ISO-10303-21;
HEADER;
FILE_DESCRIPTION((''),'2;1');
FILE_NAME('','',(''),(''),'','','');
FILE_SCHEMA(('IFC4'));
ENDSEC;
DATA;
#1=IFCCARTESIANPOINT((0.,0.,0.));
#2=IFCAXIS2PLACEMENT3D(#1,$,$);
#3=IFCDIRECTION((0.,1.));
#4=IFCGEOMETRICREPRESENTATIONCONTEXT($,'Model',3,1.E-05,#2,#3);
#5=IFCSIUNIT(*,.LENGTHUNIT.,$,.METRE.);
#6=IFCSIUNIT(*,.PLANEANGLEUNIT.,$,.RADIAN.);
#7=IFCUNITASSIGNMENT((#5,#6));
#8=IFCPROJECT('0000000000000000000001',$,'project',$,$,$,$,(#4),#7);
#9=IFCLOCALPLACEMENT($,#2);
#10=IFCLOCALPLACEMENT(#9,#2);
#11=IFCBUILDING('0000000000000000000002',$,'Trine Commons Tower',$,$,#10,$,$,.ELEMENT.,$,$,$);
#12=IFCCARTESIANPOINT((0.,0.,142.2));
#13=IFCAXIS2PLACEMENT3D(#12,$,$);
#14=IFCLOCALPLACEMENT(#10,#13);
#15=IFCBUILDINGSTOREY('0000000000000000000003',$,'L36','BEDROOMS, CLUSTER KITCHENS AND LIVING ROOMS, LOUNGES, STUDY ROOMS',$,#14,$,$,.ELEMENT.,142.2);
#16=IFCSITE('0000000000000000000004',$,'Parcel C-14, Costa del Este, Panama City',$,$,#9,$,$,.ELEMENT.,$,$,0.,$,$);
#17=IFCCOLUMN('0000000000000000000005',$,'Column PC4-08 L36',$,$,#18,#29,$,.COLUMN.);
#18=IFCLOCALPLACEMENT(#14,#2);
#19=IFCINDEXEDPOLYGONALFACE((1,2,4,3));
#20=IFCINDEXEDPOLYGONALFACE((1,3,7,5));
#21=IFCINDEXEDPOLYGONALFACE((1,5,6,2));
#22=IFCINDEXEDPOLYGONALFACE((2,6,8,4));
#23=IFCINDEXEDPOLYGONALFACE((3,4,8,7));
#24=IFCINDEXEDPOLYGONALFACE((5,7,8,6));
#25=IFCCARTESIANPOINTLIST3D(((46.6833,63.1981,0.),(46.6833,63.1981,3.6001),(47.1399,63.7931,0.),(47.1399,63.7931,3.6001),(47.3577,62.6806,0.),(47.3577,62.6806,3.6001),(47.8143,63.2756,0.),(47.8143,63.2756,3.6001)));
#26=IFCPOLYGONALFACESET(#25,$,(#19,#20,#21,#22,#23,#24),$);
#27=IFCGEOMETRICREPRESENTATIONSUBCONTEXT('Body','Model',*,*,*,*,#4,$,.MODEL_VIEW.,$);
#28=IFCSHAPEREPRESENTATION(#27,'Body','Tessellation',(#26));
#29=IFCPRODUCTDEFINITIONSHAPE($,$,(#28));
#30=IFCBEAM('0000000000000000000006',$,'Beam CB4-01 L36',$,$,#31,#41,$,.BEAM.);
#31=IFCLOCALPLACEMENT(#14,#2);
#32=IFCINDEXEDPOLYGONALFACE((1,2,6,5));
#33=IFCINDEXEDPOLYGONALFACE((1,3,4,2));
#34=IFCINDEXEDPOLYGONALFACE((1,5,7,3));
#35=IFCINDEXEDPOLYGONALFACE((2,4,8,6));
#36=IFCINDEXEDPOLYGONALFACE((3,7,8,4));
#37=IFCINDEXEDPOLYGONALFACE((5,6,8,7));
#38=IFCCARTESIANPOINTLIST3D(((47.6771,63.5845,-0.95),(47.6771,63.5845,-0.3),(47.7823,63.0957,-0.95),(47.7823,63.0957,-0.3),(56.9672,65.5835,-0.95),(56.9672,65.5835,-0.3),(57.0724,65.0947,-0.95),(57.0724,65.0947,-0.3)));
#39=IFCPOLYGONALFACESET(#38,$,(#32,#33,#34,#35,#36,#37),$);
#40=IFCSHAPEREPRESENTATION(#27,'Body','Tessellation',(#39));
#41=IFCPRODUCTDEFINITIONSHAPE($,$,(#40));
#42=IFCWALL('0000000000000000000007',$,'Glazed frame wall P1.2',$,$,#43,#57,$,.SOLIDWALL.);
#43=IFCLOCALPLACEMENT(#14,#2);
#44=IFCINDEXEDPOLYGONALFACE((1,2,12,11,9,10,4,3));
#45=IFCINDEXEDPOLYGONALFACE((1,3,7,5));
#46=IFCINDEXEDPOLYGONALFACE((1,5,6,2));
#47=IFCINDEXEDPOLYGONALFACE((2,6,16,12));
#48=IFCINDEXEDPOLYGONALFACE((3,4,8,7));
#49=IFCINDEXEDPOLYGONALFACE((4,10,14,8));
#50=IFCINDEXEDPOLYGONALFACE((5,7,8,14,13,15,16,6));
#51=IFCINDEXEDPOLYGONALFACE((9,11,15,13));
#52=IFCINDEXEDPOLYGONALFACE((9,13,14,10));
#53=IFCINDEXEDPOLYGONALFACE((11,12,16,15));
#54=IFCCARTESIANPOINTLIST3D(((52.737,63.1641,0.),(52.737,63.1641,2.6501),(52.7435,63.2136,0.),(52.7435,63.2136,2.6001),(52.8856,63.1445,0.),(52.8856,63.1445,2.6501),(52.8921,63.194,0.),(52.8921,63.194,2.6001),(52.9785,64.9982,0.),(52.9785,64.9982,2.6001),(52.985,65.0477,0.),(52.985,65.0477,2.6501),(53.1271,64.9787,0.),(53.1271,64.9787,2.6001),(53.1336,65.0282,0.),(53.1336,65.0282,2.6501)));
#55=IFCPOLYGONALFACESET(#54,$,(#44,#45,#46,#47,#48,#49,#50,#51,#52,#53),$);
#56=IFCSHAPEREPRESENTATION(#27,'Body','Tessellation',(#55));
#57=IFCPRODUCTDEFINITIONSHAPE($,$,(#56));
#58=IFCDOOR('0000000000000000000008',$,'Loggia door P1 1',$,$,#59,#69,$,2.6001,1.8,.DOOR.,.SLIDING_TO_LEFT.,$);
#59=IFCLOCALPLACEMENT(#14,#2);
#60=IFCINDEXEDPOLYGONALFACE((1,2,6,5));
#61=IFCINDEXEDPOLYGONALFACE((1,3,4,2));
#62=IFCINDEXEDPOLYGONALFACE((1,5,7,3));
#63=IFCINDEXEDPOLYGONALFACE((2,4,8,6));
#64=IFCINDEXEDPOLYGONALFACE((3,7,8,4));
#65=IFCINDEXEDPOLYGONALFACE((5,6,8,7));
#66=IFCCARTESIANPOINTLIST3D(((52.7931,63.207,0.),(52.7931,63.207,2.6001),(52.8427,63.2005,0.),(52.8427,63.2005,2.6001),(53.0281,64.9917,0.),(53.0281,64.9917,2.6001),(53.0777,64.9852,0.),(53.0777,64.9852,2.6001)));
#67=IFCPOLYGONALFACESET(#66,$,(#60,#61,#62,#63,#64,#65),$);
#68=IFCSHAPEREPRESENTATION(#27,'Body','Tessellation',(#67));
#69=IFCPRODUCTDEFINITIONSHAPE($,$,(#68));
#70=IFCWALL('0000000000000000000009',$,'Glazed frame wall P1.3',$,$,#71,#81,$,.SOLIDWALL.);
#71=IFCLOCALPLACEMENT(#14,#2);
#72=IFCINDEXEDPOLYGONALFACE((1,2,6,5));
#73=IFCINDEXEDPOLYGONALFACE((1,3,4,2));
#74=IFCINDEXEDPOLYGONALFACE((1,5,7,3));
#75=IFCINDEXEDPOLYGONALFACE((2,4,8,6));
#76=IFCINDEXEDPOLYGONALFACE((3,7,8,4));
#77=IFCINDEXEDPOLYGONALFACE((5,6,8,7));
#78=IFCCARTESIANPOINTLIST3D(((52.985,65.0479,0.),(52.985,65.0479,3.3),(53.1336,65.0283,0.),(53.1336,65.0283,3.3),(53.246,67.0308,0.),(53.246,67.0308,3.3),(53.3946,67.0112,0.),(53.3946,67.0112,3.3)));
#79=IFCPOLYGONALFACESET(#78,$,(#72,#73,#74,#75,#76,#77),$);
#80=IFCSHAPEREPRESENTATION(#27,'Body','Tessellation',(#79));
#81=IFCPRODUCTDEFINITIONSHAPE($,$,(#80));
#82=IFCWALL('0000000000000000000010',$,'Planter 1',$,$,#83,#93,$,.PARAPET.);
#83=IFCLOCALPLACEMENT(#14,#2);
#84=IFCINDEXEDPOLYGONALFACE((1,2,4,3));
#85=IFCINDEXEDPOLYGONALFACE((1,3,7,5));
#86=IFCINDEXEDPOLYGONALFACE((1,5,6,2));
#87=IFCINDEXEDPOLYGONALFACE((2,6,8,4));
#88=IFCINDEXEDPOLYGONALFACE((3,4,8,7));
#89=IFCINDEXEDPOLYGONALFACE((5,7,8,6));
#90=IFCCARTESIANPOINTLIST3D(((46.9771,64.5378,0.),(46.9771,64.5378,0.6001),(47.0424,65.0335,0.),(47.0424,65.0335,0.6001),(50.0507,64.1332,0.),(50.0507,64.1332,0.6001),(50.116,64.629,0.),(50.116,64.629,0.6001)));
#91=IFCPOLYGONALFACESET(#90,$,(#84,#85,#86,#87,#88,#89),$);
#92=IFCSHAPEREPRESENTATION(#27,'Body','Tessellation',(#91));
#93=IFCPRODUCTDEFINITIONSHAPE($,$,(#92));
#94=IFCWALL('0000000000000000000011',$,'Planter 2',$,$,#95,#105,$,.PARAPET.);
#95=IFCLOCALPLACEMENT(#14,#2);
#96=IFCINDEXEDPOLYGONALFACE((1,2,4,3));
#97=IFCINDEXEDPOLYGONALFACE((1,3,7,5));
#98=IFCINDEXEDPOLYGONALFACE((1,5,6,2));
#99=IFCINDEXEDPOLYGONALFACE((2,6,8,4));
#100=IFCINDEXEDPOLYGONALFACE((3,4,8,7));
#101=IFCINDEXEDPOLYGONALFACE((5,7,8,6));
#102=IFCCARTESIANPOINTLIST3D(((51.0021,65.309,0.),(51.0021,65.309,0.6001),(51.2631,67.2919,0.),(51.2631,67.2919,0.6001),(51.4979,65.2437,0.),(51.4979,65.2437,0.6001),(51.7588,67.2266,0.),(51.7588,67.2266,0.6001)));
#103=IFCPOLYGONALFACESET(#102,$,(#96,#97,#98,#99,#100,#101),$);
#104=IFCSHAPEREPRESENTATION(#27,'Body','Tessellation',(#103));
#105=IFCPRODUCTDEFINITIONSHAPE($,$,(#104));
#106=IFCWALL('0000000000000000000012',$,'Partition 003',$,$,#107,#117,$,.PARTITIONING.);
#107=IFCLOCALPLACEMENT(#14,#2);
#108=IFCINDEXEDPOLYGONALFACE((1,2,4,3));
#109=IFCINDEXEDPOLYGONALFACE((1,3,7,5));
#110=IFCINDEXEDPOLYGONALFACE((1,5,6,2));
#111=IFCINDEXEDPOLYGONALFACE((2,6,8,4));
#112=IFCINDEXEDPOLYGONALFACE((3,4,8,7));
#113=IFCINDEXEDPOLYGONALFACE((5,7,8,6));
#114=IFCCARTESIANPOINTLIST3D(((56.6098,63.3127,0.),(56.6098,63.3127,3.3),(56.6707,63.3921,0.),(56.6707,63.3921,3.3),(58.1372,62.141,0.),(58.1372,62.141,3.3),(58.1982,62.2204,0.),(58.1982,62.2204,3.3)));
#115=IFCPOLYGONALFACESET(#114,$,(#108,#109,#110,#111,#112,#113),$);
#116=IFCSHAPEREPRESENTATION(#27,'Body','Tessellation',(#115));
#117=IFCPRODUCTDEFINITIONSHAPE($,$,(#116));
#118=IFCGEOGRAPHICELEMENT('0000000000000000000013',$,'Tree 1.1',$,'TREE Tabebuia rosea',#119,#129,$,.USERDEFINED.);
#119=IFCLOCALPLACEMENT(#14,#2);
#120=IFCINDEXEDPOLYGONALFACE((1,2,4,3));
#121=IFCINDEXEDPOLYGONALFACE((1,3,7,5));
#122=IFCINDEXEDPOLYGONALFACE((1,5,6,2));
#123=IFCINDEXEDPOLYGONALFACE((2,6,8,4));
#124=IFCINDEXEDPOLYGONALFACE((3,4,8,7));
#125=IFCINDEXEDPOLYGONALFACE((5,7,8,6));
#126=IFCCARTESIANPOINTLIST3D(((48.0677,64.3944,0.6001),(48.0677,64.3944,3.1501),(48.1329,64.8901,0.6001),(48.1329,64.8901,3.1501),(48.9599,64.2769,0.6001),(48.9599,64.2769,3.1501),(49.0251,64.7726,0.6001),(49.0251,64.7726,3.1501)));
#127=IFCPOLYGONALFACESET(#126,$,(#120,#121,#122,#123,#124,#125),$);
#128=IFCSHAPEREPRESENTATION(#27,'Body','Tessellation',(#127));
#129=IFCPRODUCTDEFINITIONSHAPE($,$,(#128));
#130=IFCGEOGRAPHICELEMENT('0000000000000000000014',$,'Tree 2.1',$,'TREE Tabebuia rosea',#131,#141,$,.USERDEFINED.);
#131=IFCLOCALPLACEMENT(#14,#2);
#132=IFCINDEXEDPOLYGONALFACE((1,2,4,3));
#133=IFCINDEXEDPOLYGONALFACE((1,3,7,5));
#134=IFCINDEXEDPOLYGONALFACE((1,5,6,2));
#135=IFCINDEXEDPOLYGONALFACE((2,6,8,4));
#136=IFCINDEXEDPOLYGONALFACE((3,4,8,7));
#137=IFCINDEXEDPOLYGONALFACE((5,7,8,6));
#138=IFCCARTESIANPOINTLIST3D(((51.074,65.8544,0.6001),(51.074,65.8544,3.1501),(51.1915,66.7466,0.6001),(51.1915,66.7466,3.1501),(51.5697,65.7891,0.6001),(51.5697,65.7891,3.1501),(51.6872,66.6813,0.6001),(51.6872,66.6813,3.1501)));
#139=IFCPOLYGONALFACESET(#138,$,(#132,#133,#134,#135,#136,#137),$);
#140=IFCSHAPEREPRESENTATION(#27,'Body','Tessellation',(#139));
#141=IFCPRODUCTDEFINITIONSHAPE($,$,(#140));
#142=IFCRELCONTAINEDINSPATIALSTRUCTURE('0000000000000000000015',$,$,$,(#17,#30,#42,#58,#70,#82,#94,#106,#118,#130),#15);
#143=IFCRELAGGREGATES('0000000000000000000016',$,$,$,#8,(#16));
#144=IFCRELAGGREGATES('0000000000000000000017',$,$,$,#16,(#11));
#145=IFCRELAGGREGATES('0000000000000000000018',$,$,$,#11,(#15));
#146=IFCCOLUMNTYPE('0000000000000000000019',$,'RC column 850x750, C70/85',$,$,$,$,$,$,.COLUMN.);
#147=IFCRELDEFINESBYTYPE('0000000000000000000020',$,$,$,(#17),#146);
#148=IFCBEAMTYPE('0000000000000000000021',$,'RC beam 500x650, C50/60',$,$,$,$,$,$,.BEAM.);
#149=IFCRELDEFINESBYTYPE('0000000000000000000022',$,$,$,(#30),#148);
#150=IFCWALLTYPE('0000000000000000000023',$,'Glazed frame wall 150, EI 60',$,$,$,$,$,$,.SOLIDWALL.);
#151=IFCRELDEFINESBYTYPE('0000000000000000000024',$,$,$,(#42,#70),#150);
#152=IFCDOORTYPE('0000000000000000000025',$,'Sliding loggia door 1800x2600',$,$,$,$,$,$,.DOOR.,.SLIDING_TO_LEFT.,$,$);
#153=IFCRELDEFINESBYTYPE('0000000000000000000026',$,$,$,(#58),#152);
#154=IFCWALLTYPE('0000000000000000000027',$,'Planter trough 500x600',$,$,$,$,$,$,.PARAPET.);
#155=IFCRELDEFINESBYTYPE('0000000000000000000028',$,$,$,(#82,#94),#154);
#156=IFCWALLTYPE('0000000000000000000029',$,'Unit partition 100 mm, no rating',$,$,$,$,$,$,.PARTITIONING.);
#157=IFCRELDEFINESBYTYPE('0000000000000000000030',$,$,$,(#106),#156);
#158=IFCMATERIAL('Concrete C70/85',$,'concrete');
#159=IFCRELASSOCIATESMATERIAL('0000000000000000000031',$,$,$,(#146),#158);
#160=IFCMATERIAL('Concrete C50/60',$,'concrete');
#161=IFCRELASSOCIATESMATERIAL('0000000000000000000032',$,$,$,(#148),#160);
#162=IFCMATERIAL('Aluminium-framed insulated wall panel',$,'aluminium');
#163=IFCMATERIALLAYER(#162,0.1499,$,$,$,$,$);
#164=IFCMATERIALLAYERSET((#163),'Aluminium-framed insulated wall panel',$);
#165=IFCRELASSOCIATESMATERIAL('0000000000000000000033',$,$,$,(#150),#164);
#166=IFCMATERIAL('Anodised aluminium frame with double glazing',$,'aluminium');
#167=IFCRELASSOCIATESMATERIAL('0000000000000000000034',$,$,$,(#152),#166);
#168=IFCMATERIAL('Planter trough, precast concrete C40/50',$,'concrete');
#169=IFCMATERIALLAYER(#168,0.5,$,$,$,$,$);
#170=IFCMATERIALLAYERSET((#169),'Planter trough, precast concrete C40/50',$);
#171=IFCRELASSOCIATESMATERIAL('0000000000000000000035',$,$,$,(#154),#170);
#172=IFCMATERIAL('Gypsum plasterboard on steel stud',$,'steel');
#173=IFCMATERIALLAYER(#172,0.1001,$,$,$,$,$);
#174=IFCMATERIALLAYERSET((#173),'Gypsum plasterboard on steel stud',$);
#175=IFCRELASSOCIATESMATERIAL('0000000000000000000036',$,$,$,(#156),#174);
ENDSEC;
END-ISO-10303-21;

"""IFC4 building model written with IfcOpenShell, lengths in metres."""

from ifc_helpers import new_model, si_unit, direction, frame, frame_2d, origin, origin_2d, place, context, subcontext, project, spatial, polyline, rectangle, outline, extrude, material, layer, layer_set, material_profile, profile_set, type_object, element, fill, save


model = new_model("IFC4")

# Units and contexts
model_context = context("Model", 3, precision=1e-05, world=origin(), true_north=direction((0.0, 1.0)))
body_context = subcontext(model_context, "Body", "Model", "MODEL_VIEW")
ifc_project = project(units=[si_unit("LENGTHUNIT", "METRE"), si_unit("PLANEANGLEUNIT", "RADIAN")], contexts=[model_context])

# Site, building, storey
site_placement = place(None, origin())
site = spatial("IfcSite", under=ifc_project, at=site_placement, Name="Parcel C-14, Costa del Este, Panama City", CompositionType="ELEMENT", RefElevation=0.0)
building_placement = place(site_placement, origin())
building = spatial("IfcBuilding", under=site, at=building_placement, Name="Trine Commons Tower", CompositionType="ELEMENT")
storey_placement = place(building_placement, frame((0.0, 0.0, 142.2)))
storey = spatial("IfcBuildingStorey", under=building, at=storey_placement, Name="L36", Description="BEDROOMS, CLUSTER KITCHENS AND LIVING ROOMS, LOUNGES, STUDY ROOMS", CompositionType="ELEMENT", Elevation=142.2)

# Column
ifc_material_1 = material(Name="Concrete C70/85", Category="concrete")
ifc_material_profile_1 = material_profile(ifc_material_1, rectangle(XDim=0.8501, YDim=0.75, at=origin_2d()), Name="RC 850x750")
ifc_profile_set_1 = profile_set([ifc_material_profile_1], Name="Concrete C70/85")
column_type = type_object("IfcColumnType", Name="RC column 850x750, C70/85", PredefinedType="COLUMN", material=ifc_profile_set_1)
column_placement = place(storey_placement, frame((47.2488, 63.2368, 0.0), z_axis=(0.0, 0.0, 1.0), x_axis=(-0.793353, 0.608761, 0.0)))
element("IfcColumn", 1, at=column_placement, inside=storey, type_object=column_type, Name="Column PC4-08 L36", PredefinedType="COLUMN", context=body_context, shape_type="SweptSolid", body=[
    extrude(rectangle(XDim=0.8501, YDim=0.75, at=origin_2d()), origin(), (0.0, 0.0, 1.0), 3.6001),
])

# Beam
ifc_material_2 = material(Name="Concrete C50/60", Category="concrete")
ifc_material_profile_2 = material_profile(ifc_material_2, rectangle(XDim=0.5, YDim=0.6499, at=origin_2d()), Name="RC 500x650")
ifc_profile_set_2 = profile_set([ifc_material_profile_2], Name="Concrete C50/60")
beam_type = type_object("IfcBeamType", Name="RC beam 500x650, C50/60", PredefinedType="BEAM", material=ifc_profile_set_2)
beam_placement = place(storey_placement, frame((47.7297, 63.3401, -0.625), z_axis=(0.977623, 0.210364, 0.0), x_axis=(-0.210364, 0.977623, 0.0)))
element("IfcBeam", 2, at=beam_placement, inside=storey, type_object=beam_type, Name="Beam CB4-01 L36", PredefinedType="BEAM", context=body_context, shape_type="SweptSolid", body=[
    extrude(rectangle(XDim=0.5, YDim=0.6499, at=origin_2d()), origin(), (0.0, 0.0, 1.0), 9.5027),
])

# Shared definitions
ifc_material_3 = material(Name="Aluminium-framed insulated wall panel", Category="aluminium")
ifc_layer_1 = layer(ifc_material_3, 0.1499)
ifc_layer_set_1 = layer_set([ifc_layer_1], Name="Aluminium-framed insulated wall panel")
wall_type_1 = type_object("IfcWallType", Name="Glazed frame wall 150, EI 60", PredefinedType="SOLIDWALL", material=ifc_layer_set_1)

# Wall, opening, door
wall_1_placement = place(storey_placement, frame((52.8113, 63.1543, 0.0), z_axis=(0.0, 0.0, 1.0), x_axis=(0.130548, 0.991442, 0.0)))
wall_1 = element("IfcWall", 3, at=wall_1_placement, inside=storey, type_object=wall_type_1, Name="Glazed frame wall P1.2", PredefinedType="SOLIDWALL", context=body_context, shape_type="SweptSolid", body=[
    extrude(outline(polyline([(0.0, -0.075), (1.8999, -0.075), (1.8999, 0.075), (0.0, 0.075), (0.0, -0.075)])), origin(), (0.0, 0.0, 1.0), 2.6501),
])
opening_placement = place(wall_1_placement, frame((0.05, 0.0, 0.0)))
opening = element("IfcOpeningElement", 4, at=opening_placement, cuts=wall_1, PredefinedType="OPENING", context=body_context, shape_type="SweptSolid", body=[
    extrude(rectangle(XDim=1.8, YDim=2.6001, at=frame_2d((0.8999, 1.3))), frame((0.0, 0.085, 0.0), z_axis=(0.0, -1.0, 0.0), x_axis=(1.0, 0.0, 0.0)), (0.0, 0.0, 1.0), 0.1699),
])
ifc_material_4 = material(Name="Anodised aluminium frame with double glazing", Category="aluminium")
door_type = type_object("IfcDoorType", Name="Sliding loggia door 1800x2600", OperationType="SLIDING_TO_LEFT", PredefinedType="DOOR", material=ifc_material_4)
door_placement = place(opening_placement, origin())
door = element("IfcDoor", 5, at=door_placement, inside=storey, type_object=door_type, Name="Loggia door P1 1", OperationType="SLIDING_TO_LEFT", OverallHeight=2.6001, OverallWidth=1.8, PredefinedType="DOOR", context=body_context, shape_type="SweptSolid", body=[
    extrude(rectangle(XDim=1.8, YDim=2.6001, at=frame_2d((0.8999, 1.3))), frame((0.0, 0.0249, 0.0), z_axis=(0.0, -1.0, 0.0), x_axis=(1.0, 0.0, 0.0)), (0.0, 0.0, 1.0), 0.05),
])
fill(opening, door)

# Walls
wall_2_placement = place(storey_placement, frame((53.0593, 65.0381, 0.0), z_axis=(0.0, 0.0, 1.0), x_axis=(0.130492, 0.991449, 0.0)))
element("IfcWall", 6, at=wall_2_placement, inside=storey, type_object=wall_type_1, Name="Glazed frame wall P1.3", PredefinedType="SOLIDWALL", context=body_context, shape_type="SweptSolid", body=[
    extrude(outline(polyline([(0.0, -0.075), (2.0, -0.075), (2.0, 0.075), (0.0, 0.075), (0.0, -0.075)])), origin(), (0.0, 0.0, 1.0), 3.3),
])
ifc_material_5 = material(Name="Planter trough, precast concrete C40/50", Category="concrete")
ifc_layer_2 = layer(ifc_material_5, 0.5)
ifc_layer_set_2 = layer_set([ifc_layer_2], Name="Planter trough, precast concrete C40/50")
wall_type_2 = type_object("IfcWallType", Name="Planter trough 500x600", PredefinedType="PARAPET", material=ifc_layer_set_2)
wall_3_placement = place(storey_placement, frame((47.0098, 64.7856, 0.0), z_axis=(0.0, 0.0, 1.0), x_axis=(0.991449, -0.130497, 0.0)))
element("IfcWall", 7, at=wall_3_placement, inside=storey, type_object=wall_type_2, Name="Planter 1", PredefinedType="PARAPET", context=body_context, shape_type="SweptSolid", body=[
    extrude(rectangle(XDim=3.1001, YDim=0.5, at=frame_2d((1.55, 0.0))), origin(), (0.0, 0.0, 1.0), 0.6001),
])
wall_4_placement = place(storey_placement, frame((51.25, 65.2764, 0.0), z_axis=(0.0, 0.0, 1.0), x_axis=(0.130492, 0.991449, 0.0)))
element("IfcWall", 8, at=wall_4_placement, inside=storey, type_object=wall_type_2, Name="Planter 2", PredefinedType="PARAPET", context=body_context, shape_type="SweptSolid", body=[
    extrude(rectangle(XDim=2.0, YDim=0.5, at=frame_2d((1.0, 0.0))), origin(), (0.0, 0.0, 1.0), 0.6001),
])
ifc_material_6 = material(Name="Gypsum plasterboard on steel stud", Category="steel")
ifc_layer_3 = layer(ifc_material_6, 0.1001)
ifc_layer_set_3 = layer_set([ifc_layer_3], Name="Gypsum plasterboard on steel stud")
wall_type_3 = type_object("IfcWallType", Name="Unit partition 100 mm, no rating", PredefinedType="PARTITIONING", material=ifc_layer_set_3)
wall_5_placement = place(storey_placement, frame((56.6404, 63.3523, 0.0), z_axis=(0.0, 0.0, 1.0), x_axis=(0.793439, -0.60865, 0.0)))
element("IfcWall", 9, at=wall_5_placement, inside=storey, type_object=wall_type_3, Name="Partition 003", PredefinedType="PARTITIONING", context=body_context, shape_type="SweptSolid", body=[
    extrude(rectangle(XDim=1.925, YDim=0.1001, at=frame_2d((0.9624, 0.0))), origin(), (0.0, 0.0, 1.0), 3.3),
])

# Geographic elements
for number, where, z_axis, x_axis, name in (
    (10, (48.5464, 64.5835, 0.6001), (0.0, 0.0, 1.0), (0.991446, -0.130514, 0.0), "Tree 1.1"),
    (11, (51.3806, 66.2678, 0.6001), (0.0, 0.0, 1.0), (0.130543, 0.991443, 0.0), "Tree 2.1"),
):
    element("IfcGeographicElement", number, at=place(storey_placement, frame(where, z_axis=z_axis, x_axis=x_axis)), inside=storey, Name=name, ObjectType="TREE Tabebuia rosea", PredefinedType="USERDEFINED", context=body_context, shape_type="SweptSolid", body=[
        extrude(rectangle(XDim=0.8999, YDim=0.5, at=origin_2d()), origin(), (0.0, 0.0, 1.0), 2.55),
    ])

save(model, "model.ifc")
